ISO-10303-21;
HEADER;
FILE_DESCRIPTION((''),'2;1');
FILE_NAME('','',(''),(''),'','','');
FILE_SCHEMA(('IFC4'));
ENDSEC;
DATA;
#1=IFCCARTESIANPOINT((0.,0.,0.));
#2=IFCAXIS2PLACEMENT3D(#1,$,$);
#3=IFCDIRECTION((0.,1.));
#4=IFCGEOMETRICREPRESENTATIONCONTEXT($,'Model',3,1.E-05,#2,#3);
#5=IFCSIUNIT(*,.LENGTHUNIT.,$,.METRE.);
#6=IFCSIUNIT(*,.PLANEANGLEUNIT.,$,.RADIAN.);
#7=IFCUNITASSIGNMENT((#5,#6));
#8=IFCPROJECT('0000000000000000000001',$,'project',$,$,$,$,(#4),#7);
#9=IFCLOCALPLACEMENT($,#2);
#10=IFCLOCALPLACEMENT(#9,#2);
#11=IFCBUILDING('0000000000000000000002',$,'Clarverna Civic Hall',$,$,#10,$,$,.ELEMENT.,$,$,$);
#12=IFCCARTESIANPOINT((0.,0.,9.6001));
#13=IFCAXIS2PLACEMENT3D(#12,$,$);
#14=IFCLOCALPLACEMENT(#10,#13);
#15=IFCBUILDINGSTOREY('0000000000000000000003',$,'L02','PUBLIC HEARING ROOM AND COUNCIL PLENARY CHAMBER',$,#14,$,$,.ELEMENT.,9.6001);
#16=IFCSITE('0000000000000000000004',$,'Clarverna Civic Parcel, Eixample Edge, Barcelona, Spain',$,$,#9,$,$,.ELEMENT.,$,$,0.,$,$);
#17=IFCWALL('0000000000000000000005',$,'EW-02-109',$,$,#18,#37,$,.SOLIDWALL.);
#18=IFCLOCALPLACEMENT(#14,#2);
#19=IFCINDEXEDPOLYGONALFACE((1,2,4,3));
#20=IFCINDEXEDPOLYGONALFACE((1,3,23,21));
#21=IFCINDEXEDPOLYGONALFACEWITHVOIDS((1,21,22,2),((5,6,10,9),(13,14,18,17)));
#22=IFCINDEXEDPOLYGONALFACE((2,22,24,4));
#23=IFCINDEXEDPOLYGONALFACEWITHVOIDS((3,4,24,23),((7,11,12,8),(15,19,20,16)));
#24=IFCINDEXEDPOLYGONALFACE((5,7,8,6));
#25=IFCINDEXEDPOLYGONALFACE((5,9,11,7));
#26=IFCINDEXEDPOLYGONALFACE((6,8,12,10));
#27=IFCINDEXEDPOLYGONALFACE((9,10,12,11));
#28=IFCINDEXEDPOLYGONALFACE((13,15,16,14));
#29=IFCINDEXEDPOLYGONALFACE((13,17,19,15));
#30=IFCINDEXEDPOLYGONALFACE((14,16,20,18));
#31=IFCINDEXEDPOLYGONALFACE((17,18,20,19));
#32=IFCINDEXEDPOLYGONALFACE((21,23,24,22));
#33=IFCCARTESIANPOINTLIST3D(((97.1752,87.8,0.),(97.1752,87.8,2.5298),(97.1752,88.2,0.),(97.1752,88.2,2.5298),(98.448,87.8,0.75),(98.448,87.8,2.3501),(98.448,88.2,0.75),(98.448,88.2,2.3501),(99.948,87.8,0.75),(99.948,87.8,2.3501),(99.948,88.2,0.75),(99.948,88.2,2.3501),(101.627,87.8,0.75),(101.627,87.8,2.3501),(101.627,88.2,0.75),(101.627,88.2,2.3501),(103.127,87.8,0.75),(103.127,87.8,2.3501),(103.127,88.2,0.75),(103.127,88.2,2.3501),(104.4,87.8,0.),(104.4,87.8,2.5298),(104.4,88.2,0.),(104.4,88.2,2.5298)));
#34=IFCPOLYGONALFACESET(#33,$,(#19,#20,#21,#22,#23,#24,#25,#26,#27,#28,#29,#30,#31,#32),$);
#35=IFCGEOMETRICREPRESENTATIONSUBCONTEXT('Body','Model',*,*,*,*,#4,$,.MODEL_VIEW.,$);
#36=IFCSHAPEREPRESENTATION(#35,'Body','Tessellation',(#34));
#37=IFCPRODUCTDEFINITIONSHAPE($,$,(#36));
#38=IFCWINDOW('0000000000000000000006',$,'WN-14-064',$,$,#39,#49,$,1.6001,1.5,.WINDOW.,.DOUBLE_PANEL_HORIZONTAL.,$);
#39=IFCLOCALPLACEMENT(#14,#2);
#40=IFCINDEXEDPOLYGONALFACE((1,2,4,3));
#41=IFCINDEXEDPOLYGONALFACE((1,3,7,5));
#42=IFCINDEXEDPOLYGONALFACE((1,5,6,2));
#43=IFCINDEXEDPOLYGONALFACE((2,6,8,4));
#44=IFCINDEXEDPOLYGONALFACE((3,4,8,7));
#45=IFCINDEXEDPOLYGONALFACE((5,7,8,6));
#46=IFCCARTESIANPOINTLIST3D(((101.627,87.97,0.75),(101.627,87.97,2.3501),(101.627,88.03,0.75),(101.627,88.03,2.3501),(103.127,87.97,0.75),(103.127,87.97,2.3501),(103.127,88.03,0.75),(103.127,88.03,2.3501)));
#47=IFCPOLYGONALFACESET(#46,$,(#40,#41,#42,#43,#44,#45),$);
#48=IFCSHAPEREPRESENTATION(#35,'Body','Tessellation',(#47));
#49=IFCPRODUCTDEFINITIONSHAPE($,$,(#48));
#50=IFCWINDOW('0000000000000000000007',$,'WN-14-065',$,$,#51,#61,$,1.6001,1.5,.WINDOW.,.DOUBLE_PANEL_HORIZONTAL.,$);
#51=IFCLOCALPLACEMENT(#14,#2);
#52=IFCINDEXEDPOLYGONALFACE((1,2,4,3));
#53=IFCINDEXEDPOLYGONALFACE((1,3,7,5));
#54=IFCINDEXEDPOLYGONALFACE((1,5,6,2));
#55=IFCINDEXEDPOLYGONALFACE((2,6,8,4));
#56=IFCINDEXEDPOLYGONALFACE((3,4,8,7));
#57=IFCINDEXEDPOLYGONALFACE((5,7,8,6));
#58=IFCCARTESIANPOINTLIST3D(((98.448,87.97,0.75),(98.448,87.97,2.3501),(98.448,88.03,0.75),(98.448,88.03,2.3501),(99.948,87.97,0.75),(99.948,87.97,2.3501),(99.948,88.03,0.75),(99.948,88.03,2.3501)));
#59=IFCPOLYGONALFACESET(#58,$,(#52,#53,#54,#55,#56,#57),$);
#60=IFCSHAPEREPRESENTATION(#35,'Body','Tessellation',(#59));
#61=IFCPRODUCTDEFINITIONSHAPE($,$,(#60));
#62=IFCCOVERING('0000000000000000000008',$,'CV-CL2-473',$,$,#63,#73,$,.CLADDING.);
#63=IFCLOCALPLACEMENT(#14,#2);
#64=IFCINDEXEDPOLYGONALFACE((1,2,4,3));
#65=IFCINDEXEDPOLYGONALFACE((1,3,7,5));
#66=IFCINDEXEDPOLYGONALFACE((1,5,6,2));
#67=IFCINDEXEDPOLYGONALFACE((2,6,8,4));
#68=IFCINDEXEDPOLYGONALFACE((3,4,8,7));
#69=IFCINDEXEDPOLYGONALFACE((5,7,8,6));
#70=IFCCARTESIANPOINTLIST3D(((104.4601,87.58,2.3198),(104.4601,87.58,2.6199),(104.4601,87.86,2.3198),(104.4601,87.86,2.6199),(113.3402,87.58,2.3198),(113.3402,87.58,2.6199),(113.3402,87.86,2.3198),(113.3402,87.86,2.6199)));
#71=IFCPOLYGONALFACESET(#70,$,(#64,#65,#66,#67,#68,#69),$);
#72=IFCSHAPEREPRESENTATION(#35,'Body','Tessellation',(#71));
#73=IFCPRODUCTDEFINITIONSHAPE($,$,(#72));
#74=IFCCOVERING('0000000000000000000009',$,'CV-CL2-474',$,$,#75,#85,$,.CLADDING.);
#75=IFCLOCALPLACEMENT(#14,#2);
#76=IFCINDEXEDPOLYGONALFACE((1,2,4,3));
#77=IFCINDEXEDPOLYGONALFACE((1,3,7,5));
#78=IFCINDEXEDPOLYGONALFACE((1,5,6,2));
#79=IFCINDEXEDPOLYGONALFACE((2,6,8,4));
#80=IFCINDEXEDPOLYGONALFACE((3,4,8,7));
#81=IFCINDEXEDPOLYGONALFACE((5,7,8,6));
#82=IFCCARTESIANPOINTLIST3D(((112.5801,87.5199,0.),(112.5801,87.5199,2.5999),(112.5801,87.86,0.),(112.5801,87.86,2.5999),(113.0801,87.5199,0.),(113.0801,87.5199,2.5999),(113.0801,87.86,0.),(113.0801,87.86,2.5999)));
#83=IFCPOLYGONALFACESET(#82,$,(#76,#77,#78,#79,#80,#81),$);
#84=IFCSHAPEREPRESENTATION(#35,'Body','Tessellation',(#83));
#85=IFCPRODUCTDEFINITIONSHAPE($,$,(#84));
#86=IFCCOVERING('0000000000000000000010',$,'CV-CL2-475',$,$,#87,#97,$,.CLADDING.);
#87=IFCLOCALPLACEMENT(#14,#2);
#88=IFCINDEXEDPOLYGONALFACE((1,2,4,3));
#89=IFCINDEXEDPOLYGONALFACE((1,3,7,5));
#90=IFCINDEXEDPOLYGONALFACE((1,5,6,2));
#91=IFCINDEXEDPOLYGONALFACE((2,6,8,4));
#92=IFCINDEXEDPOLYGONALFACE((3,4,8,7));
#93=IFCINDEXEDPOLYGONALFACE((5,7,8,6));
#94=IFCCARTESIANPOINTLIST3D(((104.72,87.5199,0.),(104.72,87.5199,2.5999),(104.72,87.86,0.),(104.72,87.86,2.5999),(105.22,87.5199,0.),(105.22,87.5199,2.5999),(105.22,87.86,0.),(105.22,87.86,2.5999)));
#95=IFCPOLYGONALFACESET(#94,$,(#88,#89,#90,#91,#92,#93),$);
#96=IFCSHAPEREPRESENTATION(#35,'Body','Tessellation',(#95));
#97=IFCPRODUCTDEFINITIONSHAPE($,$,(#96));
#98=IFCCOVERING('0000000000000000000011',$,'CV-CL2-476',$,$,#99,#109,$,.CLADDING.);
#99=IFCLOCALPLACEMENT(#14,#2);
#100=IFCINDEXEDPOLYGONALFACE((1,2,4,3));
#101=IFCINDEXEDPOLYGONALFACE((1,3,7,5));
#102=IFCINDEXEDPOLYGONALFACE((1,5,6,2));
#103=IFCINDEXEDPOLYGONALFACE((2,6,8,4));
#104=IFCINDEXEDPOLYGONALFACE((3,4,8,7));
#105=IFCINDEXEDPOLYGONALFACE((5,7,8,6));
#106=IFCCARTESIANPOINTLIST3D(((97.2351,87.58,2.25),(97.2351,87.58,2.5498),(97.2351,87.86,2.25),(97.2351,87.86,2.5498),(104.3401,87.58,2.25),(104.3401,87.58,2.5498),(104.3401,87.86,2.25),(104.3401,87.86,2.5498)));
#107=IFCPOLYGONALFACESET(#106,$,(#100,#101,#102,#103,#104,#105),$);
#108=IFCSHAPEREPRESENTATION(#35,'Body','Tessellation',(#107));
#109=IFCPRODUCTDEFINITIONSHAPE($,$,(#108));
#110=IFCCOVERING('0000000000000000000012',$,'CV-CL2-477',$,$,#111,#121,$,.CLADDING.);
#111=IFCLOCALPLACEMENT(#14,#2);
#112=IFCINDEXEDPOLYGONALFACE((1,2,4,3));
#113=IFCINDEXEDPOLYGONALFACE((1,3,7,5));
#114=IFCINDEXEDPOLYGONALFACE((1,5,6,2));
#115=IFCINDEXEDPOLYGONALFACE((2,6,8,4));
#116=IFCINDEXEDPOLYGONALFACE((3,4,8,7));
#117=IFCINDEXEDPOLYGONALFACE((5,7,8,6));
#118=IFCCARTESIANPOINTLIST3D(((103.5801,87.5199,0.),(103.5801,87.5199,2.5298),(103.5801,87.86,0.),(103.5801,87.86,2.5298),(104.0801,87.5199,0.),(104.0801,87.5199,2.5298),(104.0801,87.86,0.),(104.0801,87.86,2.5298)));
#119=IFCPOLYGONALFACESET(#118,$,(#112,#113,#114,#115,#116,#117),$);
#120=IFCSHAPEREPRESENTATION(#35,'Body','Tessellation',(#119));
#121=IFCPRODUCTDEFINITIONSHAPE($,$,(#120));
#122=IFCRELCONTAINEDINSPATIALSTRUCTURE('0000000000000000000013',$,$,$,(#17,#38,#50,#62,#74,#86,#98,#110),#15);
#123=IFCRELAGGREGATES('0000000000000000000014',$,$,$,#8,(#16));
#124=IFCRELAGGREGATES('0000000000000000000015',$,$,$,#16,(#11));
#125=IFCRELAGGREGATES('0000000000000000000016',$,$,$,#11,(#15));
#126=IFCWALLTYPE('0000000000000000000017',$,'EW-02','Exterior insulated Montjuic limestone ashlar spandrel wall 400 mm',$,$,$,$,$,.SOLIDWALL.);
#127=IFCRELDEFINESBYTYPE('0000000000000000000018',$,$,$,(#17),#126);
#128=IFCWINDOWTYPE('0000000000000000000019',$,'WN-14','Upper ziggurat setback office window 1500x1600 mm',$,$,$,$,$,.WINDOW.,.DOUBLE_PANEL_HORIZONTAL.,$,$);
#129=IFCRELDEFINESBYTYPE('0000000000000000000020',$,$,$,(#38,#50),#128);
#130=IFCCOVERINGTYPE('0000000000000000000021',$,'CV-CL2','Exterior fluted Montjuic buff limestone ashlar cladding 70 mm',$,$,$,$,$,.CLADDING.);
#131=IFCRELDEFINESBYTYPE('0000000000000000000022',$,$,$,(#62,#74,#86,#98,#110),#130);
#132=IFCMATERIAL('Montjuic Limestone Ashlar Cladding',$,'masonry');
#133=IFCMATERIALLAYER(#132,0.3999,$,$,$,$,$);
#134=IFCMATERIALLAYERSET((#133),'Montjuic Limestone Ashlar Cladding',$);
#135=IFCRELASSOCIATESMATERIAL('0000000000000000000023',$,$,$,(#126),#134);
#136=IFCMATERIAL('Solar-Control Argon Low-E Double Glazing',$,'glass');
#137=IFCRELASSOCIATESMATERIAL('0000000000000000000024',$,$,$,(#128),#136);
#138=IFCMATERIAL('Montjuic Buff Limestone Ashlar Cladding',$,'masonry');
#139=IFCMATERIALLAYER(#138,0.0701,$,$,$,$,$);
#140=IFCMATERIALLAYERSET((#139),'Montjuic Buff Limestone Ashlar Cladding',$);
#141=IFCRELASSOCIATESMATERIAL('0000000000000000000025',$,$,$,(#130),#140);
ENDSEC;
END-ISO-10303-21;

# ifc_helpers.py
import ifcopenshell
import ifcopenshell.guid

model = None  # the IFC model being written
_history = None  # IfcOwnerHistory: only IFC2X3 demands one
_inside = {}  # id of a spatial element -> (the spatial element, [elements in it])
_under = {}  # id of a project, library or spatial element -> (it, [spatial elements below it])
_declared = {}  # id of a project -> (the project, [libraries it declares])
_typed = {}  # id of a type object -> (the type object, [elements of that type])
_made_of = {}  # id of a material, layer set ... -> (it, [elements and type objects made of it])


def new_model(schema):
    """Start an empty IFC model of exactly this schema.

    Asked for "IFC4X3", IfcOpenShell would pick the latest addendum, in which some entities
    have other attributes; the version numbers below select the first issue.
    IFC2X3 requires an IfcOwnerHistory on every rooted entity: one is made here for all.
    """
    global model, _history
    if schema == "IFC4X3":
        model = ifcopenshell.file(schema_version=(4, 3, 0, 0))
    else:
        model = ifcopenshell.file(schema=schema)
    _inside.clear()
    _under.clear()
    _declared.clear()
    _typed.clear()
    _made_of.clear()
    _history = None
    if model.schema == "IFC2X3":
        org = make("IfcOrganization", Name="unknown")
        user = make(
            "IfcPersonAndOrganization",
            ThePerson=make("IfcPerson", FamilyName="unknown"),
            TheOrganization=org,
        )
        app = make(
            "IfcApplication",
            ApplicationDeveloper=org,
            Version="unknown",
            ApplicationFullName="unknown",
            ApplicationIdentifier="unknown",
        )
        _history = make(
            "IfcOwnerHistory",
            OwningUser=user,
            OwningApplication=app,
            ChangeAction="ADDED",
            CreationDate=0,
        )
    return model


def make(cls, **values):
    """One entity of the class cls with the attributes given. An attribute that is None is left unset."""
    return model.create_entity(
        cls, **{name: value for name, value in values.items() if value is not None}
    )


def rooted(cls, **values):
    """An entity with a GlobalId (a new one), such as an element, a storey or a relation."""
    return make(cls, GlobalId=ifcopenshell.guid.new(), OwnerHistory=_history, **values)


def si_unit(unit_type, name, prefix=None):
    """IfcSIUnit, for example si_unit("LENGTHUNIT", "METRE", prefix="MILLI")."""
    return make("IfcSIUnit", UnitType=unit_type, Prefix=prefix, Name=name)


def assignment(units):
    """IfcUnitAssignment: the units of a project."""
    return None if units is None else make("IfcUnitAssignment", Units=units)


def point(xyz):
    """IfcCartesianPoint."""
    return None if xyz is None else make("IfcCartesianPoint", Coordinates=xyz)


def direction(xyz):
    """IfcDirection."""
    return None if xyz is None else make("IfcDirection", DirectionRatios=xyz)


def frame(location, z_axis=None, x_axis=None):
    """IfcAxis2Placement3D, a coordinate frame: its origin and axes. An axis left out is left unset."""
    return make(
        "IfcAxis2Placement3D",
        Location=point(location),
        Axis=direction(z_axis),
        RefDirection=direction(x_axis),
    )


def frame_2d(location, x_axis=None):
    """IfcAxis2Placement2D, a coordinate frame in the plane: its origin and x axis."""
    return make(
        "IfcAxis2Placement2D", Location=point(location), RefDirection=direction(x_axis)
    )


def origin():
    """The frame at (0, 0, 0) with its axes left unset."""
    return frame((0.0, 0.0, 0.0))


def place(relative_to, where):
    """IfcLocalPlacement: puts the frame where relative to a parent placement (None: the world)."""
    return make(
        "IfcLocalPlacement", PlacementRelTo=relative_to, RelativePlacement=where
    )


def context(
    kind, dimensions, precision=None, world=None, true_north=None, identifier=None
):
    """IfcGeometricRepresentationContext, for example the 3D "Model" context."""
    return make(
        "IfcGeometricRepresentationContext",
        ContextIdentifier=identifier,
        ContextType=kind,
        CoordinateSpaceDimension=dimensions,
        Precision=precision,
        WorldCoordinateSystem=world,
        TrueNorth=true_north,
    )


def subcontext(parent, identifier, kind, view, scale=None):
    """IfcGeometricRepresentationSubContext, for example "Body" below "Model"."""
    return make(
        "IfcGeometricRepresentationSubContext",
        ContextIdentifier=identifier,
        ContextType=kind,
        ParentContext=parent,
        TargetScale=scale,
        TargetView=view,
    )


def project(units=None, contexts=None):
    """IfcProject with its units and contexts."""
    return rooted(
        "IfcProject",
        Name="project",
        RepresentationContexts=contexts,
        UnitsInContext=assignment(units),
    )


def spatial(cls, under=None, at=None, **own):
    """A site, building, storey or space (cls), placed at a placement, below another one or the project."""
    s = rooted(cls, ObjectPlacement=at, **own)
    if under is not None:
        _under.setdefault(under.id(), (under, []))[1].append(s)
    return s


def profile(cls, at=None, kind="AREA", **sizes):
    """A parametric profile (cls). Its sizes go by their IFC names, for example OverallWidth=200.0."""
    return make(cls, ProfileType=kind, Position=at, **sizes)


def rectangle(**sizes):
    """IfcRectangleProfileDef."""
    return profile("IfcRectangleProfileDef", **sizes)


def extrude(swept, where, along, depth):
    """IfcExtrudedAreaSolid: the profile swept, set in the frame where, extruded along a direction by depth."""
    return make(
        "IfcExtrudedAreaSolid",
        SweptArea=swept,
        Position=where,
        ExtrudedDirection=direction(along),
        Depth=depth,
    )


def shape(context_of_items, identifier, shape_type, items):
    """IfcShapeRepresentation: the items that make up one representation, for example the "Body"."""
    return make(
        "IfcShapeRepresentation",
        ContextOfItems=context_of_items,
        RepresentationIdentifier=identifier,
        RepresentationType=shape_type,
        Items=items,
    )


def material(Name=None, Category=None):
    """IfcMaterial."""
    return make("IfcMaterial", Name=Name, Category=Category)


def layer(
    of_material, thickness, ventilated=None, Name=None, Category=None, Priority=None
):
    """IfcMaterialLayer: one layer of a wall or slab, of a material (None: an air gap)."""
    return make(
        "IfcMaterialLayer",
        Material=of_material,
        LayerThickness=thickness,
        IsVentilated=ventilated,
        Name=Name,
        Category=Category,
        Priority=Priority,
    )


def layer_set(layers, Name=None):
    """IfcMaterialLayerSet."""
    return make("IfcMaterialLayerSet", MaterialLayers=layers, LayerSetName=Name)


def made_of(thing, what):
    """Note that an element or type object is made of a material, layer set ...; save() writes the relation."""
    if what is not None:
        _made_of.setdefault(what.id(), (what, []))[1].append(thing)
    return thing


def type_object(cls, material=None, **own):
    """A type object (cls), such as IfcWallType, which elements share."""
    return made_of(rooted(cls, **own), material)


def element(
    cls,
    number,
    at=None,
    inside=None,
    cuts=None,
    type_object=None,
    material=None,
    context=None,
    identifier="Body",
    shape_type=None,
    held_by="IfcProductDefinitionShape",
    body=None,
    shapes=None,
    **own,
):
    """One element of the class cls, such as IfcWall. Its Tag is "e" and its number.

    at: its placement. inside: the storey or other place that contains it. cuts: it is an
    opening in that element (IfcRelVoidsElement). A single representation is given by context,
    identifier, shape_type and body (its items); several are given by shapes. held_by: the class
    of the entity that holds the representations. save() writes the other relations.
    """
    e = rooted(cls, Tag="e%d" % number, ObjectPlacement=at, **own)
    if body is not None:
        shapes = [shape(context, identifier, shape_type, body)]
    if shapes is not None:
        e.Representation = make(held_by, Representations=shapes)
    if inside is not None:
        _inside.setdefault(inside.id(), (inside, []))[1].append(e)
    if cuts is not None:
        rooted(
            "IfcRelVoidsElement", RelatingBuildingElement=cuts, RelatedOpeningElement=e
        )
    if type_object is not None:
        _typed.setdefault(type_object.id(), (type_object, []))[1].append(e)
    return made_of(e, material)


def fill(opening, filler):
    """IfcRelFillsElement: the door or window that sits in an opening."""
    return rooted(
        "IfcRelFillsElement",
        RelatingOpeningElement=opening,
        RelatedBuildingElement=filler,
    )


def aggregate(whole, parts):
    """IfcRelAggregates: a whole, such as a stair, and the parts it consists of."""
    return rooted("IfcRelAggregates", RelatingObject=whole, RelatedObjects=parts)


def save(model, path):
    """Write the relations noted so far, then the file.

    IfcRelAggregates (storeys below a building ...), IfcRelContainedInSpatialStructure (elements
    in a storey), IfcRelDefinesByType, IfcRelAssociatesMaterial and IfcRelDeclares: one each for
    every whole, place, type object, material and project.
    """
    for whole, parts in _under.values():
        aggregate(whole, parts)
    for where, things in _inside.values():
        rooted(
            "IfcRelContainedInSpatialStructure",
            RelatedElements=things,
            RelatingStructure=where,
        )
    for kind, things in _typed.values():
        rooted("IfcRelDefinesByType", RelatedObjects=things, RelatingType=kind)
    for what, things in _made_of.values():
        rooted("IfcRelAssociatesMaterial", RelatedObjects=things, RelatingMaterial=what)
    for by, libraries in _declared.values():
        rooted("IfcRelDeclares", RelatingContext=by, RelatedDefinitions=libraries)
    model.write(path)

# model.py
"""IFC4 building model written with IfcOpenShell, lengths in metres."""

from ifc_helpers import new_model, si_unit, direction, frame, frame_2d, origin, place, context, subcontext, project, spatial, rectangle, extrude, material, layer, layer_set, type_object, element, fill, save


model = new_model("IFC4")

# Units and contexts
model_context = context("Model", 3, precision=1e-05, world=origin(), true_north=direction((0.0, 1.0)))
body_context = subcontext(model_context, "Body", "Model", "MODEL_VIEW")
ifc_project = project(units=[si_unit("LENGTHUNIT", "METRE"), si_unit("PLANEANGLEUNIT", "RADIAN")], contexts=[model_context])

# Site, building, storey
site_placement = place(None, origin())
site = spatial("IfcSite", under=ifc_project, at=site_placement, Name="Clarverna Civic Parcel, Eixample Edge, Barcelona, Spain", CompositionType="ELEMENT", RefElevation=0.0)
building_placement = place(site_placement, origin())
building = spatial("IfcBuilding", under=site, at=building_placement, Name="Clarverna Civic Hall", CompositionType="ELEMENT")
storey_placement = place(building_placement, frame((0.0, 0.0, 9.6001)))
storey = spatial("IfcBuildingStorey", under=building, at=storey_placement, Name="L02", Description="PUBLIC HEARING ROOM AND COUNCIL PLENARY CHAMBER", CompositionType="ELEMENT", Elevation=9.6001)

# Shared definitions
ifc_material_1 = material(Name="Solar-Control Argon Low-E Double Glazing", Category="glass")

# Wall, openings, windows
ifc_material_2 = material(Name="Montjuic Limestone Ashlar Cladding", Category="masonry")
ifc_layer_1 = layer(ifc_material_2, 0.3999)
ifc_layer_set_1 = layer_set([ifc_layer_1], Name="Montjuic Limestone Ashlar Cladding")
wall_type = type_object("IfcWallType", Name="EW-02", Description="Exterior insulated Montjuic limestone ashlar spandrel wall 400 mm", PredefinedType="SOLIDWALL", material=ifc_layer_set_1)
wall_placement = place(storey_placement, frame((104.3999, 88.0, 0.0), z_axis=(0.0, 0.0, 1.0), x_axis=(-1.0, 0.0, 0.0)))
wall = element("IfcWall", 1, at=wall_placement, inside=storey, type_object=wall_type, Name="EW-02-109", PredefinedType="SOLIDWALL", context=body_context, shape_type="SweptSolid", body=[
    extrude(rectangle(XDim=7.2249, YDim=0.3999, at=frame_2d((3.6123, 0.0))), origin(), (0.0, 0.0, 1.0), 2.5298),
])
opening_1_placement = place(wall_placement, frame((1.2729, 0.0, 0.75)))
opening_1 = element("IfcOpeningElement", 2, at=opening_1_placement, cuts=wall, PredefinedType="OPENING", context=body_context, shape_type="SweptSolid", body=[
    extrude(rectangle(XDim=1.5, YDim=1.6001, at=frame_2d((0.75, 0.8))), frame((0.0, 0.21, 0.0), z_axis=(0.0, -1.0, 0.0), x_axis=(1.0, 0.0, 0.0)), (0.0, 0.0, 1.0), 0.4199),
])
opening_2_placement = place(wall_placement, frame((4.4519, 0.0, 0.75)))
opening_2 = element("IfcOpeningElement", 3, at=opening_2_placement, cuts=wall, PredefinedType="OPENING", context=body_context, shape_type="SweptSolid", body=[
    extrude(rectangle(XDim=1.5, YDim=1.6001, at=frame_2d((0.75, 0.8))), frame((0.0, 0.21, 0.0), z_axis=(0.0, -1.0, 0.0), x_axis=(1.0, 0.0, 0.0)), (0.0, 0.0, 1.0), 0.4199),
])
window_type = type_object("IfcWindowType", Name="WN-14", Description="Upper ziggurat setback office window 1500x1600 mm", PartitioningType="DOUBLE_PANEL_HORIZONTAL", PredefinedType="WINDOW", material=ifc_material_1)
window_1_placement = place(opening_1_placement, origin())
window_1 = element("IfcWindow", 4, at=window_1_placement, inside=storey, type_object=window_type, Name="WN-14-064", OverallHeight=1.6001, OverallWidth=1.5, PartitioningType="DOUBLE_PANEL_HORIZONTAL", PredefinedType="WINDOW", context=body_context, shape_type="SweptSolid", body=[
    extrude(rectangle(XDim=1.5, YDim=1.6001, at=frame_2d((0.75, 0.8))), frame((0.0, 0.03, 0.0), z_axis=(0.0, -1.0, 0.0), x_axis=(1.0, 0.0, 0.0)), (0.0, 0.0, 1.0), 0.0601),
])
fill(opening_1, window_1)
window_2_placement = place(opening_2_placement, origin())
window_2 = element("IfcWindow", 5, at=window_2_placement, inside=storey, type_object=window_type, Name="WN-14-065", OverallHeight=1.6001, OverallWidth=1.5, PartitioningType="DOUBLE_PANEL_HORIZONTAL", PredefinedType="WINDOW", context=body_context, shape_type="SweptSolid", body=[
    extrude(rectangle(XDim=1.5, YDim=1.6001, at=frame_2d((0.75, 0.8))), frame((0.0, 0.03, 0.0), z_axis=(0.0, -1.0, 0.0), x_axis=(1.0, 0.0, 0.0)), (0.0, 0.0, 1.0), 0.0601),
])
fill(opening_2, window_2)

# Coverings
ifc_material_3 = material(Name="Montjuic Buff Limestone Ashlar Cladding", Category="masonry")
ifc_layer_2 = layer(ifc_material_3, 0.0701)
ifc_layer_set_2 = layer_set([ifc_layer_2], Name="Montjuic Buff Limestone Ashlar Cladding")
covering_type = type_object("IfcCoveringType", Name="CV-CL2", Description="Exterior fluted Montjuic buff limestone ashlar cladding 70 mm", PredefinedType="CLADDING", material=ifc_layer_set_2)
covering_1_placement = place(storey_placement, frame((113.3401, 87.72, 2.3198), z_axis=(0.0, 0.0, 1.0), x_axis=(-1.0, 0.0, 0.0)))
element("IfcCovering", 6, at=covering_1_placement, inside=storey, type_object=covering_type, Name="CV-CL2-473", PredefinedType="CLADDING", context=body_context, shape_type="SweptSolid", body=[
    extrude(rectangle(XDim=8.8801, YDim=0.28, at=frame_2d((4.4399, 0.0))), origin(), (0.0, 0.0, 1.0), 0.3),
])
for number, where, z_axis, x_axis, name in (
    (7, (113.0801, 87.6899, 0.0), (0.0, 0.0, 1.0), (-1.0, 0.0, 0.0), "CV-CL2-474"),
    (8, (105.22, 87.6899, 0.0), (0.0, 0.0, 1.0), (-1.0, 0.0, 0.0), "CV-CL2-475"),
):
    element("IfcCovering", number, at=place(storey_placement, frame(where, z_axis=z_axis, x_axis=x_axis)), inside=storey, type_object=covering_type, Name=name, PredefinedType="CLADDING", context=body_context, shape_type="SweptSolid", body=[
        extrude(rectangle(XDim=0.5, YDim=0.3401, at=frame_2d((0.25, 0.0))), origin(), (0.0, 0.0, 1.0), 2.5999),
    ])
covering_2_placement = place(storey_placement, frame((104.3401, 87.72, 2.25), z_axis=(0.0, 0.0, 1.0), x_axis=(-1.0, 0.0, 0.0)))
element("IfcCovering", 9, at=covering_2_placement, inside=storey, type_object=covering_type, Name="CV-CL2-476", PredefinedType="CLADDING", context=body_context, shape_type="SweptSolid", body=[
    extrude(rectangle(XDim=7.105, YDim=0.28, at=frame_2d((3.5525, 0.0))), origin(), (0.0, 0.0, 1.0), 0.2998),
])
covering_3_placement = place(storey_placement, frame((104.0801, 87.6899, 0.0), z_axis=(0.0, 0.0, 1.0), x_axis=(-1.0, 0.0, 0.0)))
element("IfcCovering", 10, at=covering_3_placement, inside=storey, type_object=covering_type, Name="CV-CL2-477", PredefinedType="CLADDING", context=body_context, shape_type="SweptSolid", body=[
    extrude(rectangle(XDim=0.5, YDim=0.3401, at=frame_2d((0.25, 0.0))), origin(), (0.0, 0.0, 1.0), 2.5298),
])

save(model, "model.ifc")
